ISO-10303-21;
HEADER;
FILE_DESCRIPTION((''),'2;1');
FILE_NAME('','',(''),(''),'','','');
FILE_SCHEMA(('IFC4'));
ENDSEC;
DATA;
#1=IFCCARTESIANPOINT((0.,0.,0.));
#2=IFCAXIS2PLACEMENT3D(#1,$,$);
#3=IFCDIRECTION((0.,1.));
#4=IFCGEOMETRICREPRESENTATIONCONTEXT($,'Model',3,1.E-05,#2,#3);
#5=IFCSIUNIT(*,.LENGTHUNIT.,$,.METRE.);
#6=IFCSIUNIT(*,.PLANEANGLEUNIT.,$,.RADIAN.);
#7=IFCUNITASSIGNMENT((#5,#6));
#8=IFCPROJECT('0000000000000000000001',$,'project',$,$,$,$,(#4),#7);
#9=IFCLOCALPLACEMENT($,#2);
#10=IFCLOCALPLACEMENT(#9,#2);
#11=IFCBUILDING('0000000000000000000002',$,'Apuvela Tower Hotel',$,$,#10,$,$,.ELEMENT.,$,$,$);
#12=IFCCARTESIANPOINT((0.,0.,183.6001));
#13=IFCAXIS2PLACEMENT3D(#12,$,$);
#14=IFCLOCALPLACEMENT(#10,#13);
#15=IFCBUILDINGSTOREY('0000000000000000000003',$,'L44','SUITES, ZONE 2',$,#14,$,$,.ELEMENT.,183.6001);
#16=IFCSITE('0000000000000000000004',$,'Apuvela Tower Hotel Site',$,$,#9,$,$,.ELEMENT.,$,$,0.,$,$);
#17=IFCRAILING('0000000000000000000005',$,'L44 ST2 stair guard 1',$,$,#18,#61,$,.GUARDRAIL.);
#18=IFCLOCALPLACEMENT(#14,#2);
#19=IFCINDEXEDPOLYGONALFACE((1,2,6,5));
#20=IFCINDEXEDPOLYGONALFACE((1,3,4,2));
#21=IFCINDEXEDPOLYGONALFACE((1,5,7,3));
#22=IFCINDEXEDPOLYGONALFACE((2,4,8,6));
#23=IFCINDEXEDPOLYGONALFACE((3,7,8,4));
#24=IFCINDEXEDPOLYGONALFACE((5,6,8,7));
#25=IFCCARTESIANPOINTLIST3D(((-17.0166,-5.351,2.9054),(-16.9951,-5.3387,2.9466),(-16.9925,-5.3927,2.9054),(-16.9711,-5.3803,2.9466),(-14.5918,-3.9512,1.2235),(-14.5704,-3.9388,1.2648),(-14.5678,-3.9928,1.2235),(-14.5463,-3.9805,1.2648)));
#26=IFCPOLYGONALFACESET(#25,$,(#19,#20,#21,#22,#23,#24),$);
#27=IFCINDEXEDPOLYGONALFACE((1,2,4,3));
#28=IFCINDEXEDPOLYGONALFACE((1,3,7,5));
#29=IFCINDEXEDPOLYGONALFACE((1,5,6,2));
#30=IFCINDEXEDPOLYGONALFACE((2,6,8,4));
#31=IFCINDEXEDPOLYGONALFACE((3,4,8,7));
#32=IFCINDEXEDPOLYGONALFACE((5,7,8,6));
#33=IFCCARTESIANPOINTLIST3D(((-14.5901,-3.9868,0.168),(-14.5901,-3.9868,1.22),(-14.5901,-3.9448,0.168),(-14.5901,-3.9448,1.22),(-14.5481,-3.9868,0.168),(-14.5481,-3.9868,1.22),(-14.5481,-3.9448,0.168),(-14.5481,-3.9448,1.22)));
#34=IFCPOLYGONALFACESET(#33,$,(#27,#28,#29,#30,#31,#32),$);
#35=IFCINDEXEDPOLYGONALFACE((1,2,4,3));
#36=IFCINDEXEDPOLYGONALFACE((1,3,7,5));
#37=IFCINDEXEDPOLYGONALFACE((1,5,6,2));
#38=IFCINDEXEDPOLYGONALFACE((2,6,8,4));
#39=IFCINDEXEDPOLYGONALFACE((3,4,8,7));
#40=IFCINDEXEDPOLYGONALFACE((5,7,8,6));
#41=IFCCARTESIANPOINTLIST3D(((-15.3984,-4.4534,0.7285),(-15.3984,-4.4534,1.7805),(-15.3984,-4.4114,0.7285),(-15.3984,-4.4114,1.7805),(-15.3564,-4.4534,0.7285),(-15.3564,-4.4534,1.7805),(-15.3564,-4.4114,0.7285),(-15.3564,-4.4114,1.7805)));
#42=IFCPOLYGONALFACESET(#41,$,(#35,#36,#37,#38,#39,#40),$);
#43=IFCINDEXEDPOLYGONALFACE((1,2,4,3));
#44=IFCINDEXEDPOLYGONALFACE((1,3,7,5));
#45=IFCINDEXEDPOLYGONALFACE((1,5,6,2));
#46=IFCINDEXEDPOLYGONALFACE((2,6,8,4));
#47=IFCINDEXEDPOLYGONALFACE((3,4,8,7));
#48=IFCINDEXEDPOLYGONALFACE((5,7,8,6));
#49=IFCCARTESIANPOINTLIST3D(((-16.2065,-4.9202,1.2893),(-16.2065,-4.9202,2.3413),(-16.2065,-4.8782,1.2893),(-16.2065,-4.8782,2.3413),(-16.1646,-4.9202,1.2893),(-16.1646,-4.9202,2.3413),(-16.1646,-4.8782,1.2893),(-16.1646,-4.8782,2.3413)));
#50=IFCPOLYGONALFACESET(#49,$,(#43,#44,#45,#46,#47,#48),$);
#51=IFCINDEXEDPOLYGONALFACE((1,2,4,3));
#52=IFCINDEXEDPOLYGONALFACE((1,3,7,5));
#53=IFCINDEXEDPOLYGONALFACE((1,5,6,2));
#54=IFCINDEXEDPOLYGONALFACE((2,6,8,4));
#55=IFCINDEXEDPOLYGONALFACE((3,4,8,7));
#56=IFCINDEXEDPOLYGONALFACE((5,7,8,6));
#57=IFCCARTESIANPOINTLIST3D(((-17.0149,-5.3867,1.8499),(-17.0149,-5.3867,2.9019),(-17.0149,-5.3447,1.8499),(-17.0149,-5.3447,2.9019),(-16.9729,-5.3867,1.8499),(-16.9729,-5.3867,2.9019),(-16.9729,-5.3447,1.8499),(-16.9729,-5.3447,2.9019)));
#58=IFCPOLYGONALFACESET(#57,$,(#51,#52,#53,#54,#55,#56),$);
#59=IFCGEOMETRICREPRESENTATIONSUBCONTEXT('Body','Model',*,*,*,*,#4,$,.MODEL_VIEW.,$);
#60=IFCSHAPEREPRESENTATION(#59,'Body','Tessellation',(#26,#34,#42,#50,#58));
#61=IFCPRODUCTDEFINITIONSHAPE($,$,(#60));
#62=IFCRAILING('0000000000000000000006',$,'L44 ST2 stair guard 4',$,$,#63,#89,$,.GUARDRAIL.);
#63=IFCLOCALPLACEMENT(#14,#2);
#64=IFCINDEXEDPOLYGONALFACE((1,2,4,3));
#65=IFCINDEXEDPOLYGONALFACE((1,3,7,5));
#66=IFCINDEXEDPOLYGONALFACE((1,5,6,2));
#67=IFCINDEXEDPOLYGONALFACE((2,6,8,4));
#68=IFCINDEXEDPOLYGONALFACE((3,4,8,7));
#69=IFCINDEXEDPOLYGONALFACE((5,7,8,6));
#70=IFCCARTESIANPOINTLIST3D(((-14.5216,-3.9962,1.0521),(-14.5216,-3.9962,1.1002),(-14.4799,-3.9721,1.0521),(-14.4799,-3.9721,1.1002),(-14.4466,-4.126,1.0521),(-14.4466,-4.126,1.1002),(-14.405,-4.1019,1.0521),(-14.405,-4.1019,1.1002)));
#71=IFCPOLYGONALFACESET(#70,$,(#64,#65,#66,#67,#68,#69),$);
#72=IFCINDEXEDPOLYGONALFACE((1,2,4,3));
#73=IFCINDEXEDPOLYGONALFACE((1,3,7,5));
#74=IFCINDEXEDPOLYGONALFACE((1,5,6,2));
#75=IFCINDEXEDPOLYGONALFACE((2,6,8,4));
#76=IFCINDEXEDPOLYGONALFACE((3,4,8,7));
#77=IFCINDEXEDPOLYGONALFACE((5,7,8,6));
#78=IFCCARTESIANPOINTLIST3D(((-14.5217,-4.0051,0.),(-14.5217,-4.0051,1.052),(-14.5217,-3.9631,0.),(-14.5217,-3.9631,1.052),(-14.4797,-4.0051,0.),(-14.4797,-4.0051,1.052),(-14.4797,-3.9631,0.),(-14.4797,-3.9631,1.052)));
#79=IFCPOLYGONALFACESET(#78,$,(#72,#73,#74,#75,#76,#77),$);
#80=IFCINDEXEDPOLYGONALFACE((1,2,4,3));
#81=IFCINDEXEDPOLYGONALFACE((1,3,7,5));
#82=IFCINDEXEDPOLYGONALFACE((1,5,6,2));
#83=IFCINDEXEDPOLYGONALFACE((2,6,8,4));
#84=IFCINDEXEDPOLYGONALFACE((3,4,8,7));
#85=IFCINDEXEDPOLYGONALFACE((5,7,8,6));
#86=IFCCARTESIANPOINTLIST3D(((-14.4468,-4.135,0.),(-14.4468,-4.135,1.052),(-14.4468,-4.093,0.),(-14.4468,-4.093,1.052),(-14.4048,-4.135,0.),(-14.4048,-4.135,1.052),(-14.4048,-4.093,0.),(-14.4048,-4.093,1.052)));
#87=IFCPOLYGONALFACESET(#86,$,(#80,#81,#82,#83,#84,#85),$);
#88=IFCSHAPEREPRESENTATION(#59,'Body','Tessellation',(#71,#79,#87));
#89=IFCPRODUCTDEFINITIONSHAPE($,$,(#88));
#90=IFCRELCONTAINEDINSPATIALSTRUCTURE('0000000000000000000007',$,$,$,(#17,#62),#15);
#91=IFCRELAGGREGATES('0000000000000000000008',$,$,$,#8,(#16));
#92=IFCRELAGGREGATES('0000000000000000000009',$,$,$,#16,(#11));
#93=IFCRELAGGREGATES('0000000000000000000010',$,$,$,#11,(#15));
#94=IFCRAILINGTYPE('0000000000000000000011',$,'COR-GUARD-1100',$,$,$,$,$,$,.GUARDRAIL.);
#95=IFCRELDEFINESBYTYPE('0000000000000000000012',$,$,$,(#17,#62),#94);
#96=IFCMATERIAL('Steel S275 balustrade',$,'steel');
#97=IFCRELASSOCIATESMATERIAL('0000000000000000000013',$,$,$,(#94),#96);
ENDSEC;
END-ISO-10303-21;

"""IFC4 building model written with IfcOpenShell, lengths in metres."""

from ifc_helpers import new_model, si_unit, direction, frame, origin, origin_2d, place, context, subcontext, project, spatial, rectangle, extrude, material, type_object, element, save


model = new_model("IFC4")

# Units and contexts
model_context = context("Model", 3, precision=1e-05, world=origin(), true_north=direction((0.0, 1.0)))
body_context = subcontext(model_context, "Body", "Model", "MODEL_VIEW")
ifc_project = project(units=[si_unit("LENGTHUNIT", "METRE"), si_unit("PLANEANGLEUNIT", "RADIAN")], contexts=[model_context])

# Site, building, storey
site_placement = place(None, origin())
site = spatial("IfcSite", under=ifc_project, at=site_placement, Name="Apuvela Tower Hotel Site", CompositionType="ELEMENT", RefElevation=0.0)
building_placement = place(site_placement, origin())
building = spatial("IfcBuilding", under=site, at=building_placement, Name="Apuvela Tower Hotel", CompositionType="ELEMENT")
storey_placement = place(building_placement, frame((0.0, 0.0, 183.6001)))
storey = spatial("IfcBuildingStorey", under=building, at=storey_placement, Name="L44", Description="SUITES, ZONE 2", CompositionType="ELEMENT", Elevation=183.6001)

# Railings
ifc_material_1 = material(Name="Steel S275 balustrade", Category="steel")
railing_type = type_object("IfcRailingType", Name="COR-GUARD-1100", PredefinedType="GUARDRAIL", material=ifc_material_1)
railing_1_placement = place(storey_placement, frame((-14.5691, -3.9658, 0.168)))
element("IfcRailing", 1, at=railing_1_placement, inside=storey, type_object=railing_type, Name="L44 ST2 stair guard 1", PredefinedType="GUARDRAIL", context=body_context, shape_type="SweptSolid", body=[
    extrude(rectangle(XDim=0.0481, YDim=0.0481, at=origin_2d()), frame((0.0, 0.0, 1.0762), z_axis=(-0.74239, -0.428601, 0.514934), x_axis=(0.499984, -0.866035, 0.0)), (0.0, 0.0, 1.0), 3.2661),
    extrude(rectangle(XDim=0.042, YDim=0.042, at=origin_2d()), origin(), (0.0, 0.0, 1.0), 1.052),
    extrude(rectangle(XDim=0.042, YDim=0.042, at=origin_2d()), frame((-0.8083, -0.4666, 0.5605)), (0.0, 0.0, 1.0), 1.052),
    extrude(rectangle(XDim=0.042, YDim=0.042, at=origin_2d()), frame((-1.6165, -0.9333, 1.1213)), (0.0, 0.0, 1.0), 1.052),
    extrude(rectangle(XDim=0.042, YDim=0.042, at=origin_2d()), frame((-2.4248, -1.3999, 1.6819)), (0.0, 0.0, 1.0), 1.052),
])
railing_2_placement = place(storey_placement, frame((-14.5007, -3.9841, 0.0)))
element("IfcRailing", 2, at=railing_2_placement, inside=storey, type_object=railing_type, Name="L44 ST2 stair guard 4", PredefinedType="GUARDRAIL", context=body_context, shape_type="SweptSolid", body=[
    extrude(rectangle(XDim=0.0481, YDim=0.0481, at=origin_2d()), frame((0.0, 0.0, 1.0762), z_axis=(0.499816, -0.866131, 0.0), x_axis=(0.866131, 0.499816, 0.0)), (0.0, 0.0, 1.0), 0.1499),
    extrude(rectangle(XDim=0.042, YDim=0.042, at=origin_2d()), origin(), (0.0, 0.0, 1.0), 1.052),
    extrude(rectangle(XDim=0.042, YDim=0.042, at=origin_2d()), frame((0.075, -0.1299, 0.0)), (0.0, 0.0, 1.0), 1.052),
])

save(model, "model.ifc")
